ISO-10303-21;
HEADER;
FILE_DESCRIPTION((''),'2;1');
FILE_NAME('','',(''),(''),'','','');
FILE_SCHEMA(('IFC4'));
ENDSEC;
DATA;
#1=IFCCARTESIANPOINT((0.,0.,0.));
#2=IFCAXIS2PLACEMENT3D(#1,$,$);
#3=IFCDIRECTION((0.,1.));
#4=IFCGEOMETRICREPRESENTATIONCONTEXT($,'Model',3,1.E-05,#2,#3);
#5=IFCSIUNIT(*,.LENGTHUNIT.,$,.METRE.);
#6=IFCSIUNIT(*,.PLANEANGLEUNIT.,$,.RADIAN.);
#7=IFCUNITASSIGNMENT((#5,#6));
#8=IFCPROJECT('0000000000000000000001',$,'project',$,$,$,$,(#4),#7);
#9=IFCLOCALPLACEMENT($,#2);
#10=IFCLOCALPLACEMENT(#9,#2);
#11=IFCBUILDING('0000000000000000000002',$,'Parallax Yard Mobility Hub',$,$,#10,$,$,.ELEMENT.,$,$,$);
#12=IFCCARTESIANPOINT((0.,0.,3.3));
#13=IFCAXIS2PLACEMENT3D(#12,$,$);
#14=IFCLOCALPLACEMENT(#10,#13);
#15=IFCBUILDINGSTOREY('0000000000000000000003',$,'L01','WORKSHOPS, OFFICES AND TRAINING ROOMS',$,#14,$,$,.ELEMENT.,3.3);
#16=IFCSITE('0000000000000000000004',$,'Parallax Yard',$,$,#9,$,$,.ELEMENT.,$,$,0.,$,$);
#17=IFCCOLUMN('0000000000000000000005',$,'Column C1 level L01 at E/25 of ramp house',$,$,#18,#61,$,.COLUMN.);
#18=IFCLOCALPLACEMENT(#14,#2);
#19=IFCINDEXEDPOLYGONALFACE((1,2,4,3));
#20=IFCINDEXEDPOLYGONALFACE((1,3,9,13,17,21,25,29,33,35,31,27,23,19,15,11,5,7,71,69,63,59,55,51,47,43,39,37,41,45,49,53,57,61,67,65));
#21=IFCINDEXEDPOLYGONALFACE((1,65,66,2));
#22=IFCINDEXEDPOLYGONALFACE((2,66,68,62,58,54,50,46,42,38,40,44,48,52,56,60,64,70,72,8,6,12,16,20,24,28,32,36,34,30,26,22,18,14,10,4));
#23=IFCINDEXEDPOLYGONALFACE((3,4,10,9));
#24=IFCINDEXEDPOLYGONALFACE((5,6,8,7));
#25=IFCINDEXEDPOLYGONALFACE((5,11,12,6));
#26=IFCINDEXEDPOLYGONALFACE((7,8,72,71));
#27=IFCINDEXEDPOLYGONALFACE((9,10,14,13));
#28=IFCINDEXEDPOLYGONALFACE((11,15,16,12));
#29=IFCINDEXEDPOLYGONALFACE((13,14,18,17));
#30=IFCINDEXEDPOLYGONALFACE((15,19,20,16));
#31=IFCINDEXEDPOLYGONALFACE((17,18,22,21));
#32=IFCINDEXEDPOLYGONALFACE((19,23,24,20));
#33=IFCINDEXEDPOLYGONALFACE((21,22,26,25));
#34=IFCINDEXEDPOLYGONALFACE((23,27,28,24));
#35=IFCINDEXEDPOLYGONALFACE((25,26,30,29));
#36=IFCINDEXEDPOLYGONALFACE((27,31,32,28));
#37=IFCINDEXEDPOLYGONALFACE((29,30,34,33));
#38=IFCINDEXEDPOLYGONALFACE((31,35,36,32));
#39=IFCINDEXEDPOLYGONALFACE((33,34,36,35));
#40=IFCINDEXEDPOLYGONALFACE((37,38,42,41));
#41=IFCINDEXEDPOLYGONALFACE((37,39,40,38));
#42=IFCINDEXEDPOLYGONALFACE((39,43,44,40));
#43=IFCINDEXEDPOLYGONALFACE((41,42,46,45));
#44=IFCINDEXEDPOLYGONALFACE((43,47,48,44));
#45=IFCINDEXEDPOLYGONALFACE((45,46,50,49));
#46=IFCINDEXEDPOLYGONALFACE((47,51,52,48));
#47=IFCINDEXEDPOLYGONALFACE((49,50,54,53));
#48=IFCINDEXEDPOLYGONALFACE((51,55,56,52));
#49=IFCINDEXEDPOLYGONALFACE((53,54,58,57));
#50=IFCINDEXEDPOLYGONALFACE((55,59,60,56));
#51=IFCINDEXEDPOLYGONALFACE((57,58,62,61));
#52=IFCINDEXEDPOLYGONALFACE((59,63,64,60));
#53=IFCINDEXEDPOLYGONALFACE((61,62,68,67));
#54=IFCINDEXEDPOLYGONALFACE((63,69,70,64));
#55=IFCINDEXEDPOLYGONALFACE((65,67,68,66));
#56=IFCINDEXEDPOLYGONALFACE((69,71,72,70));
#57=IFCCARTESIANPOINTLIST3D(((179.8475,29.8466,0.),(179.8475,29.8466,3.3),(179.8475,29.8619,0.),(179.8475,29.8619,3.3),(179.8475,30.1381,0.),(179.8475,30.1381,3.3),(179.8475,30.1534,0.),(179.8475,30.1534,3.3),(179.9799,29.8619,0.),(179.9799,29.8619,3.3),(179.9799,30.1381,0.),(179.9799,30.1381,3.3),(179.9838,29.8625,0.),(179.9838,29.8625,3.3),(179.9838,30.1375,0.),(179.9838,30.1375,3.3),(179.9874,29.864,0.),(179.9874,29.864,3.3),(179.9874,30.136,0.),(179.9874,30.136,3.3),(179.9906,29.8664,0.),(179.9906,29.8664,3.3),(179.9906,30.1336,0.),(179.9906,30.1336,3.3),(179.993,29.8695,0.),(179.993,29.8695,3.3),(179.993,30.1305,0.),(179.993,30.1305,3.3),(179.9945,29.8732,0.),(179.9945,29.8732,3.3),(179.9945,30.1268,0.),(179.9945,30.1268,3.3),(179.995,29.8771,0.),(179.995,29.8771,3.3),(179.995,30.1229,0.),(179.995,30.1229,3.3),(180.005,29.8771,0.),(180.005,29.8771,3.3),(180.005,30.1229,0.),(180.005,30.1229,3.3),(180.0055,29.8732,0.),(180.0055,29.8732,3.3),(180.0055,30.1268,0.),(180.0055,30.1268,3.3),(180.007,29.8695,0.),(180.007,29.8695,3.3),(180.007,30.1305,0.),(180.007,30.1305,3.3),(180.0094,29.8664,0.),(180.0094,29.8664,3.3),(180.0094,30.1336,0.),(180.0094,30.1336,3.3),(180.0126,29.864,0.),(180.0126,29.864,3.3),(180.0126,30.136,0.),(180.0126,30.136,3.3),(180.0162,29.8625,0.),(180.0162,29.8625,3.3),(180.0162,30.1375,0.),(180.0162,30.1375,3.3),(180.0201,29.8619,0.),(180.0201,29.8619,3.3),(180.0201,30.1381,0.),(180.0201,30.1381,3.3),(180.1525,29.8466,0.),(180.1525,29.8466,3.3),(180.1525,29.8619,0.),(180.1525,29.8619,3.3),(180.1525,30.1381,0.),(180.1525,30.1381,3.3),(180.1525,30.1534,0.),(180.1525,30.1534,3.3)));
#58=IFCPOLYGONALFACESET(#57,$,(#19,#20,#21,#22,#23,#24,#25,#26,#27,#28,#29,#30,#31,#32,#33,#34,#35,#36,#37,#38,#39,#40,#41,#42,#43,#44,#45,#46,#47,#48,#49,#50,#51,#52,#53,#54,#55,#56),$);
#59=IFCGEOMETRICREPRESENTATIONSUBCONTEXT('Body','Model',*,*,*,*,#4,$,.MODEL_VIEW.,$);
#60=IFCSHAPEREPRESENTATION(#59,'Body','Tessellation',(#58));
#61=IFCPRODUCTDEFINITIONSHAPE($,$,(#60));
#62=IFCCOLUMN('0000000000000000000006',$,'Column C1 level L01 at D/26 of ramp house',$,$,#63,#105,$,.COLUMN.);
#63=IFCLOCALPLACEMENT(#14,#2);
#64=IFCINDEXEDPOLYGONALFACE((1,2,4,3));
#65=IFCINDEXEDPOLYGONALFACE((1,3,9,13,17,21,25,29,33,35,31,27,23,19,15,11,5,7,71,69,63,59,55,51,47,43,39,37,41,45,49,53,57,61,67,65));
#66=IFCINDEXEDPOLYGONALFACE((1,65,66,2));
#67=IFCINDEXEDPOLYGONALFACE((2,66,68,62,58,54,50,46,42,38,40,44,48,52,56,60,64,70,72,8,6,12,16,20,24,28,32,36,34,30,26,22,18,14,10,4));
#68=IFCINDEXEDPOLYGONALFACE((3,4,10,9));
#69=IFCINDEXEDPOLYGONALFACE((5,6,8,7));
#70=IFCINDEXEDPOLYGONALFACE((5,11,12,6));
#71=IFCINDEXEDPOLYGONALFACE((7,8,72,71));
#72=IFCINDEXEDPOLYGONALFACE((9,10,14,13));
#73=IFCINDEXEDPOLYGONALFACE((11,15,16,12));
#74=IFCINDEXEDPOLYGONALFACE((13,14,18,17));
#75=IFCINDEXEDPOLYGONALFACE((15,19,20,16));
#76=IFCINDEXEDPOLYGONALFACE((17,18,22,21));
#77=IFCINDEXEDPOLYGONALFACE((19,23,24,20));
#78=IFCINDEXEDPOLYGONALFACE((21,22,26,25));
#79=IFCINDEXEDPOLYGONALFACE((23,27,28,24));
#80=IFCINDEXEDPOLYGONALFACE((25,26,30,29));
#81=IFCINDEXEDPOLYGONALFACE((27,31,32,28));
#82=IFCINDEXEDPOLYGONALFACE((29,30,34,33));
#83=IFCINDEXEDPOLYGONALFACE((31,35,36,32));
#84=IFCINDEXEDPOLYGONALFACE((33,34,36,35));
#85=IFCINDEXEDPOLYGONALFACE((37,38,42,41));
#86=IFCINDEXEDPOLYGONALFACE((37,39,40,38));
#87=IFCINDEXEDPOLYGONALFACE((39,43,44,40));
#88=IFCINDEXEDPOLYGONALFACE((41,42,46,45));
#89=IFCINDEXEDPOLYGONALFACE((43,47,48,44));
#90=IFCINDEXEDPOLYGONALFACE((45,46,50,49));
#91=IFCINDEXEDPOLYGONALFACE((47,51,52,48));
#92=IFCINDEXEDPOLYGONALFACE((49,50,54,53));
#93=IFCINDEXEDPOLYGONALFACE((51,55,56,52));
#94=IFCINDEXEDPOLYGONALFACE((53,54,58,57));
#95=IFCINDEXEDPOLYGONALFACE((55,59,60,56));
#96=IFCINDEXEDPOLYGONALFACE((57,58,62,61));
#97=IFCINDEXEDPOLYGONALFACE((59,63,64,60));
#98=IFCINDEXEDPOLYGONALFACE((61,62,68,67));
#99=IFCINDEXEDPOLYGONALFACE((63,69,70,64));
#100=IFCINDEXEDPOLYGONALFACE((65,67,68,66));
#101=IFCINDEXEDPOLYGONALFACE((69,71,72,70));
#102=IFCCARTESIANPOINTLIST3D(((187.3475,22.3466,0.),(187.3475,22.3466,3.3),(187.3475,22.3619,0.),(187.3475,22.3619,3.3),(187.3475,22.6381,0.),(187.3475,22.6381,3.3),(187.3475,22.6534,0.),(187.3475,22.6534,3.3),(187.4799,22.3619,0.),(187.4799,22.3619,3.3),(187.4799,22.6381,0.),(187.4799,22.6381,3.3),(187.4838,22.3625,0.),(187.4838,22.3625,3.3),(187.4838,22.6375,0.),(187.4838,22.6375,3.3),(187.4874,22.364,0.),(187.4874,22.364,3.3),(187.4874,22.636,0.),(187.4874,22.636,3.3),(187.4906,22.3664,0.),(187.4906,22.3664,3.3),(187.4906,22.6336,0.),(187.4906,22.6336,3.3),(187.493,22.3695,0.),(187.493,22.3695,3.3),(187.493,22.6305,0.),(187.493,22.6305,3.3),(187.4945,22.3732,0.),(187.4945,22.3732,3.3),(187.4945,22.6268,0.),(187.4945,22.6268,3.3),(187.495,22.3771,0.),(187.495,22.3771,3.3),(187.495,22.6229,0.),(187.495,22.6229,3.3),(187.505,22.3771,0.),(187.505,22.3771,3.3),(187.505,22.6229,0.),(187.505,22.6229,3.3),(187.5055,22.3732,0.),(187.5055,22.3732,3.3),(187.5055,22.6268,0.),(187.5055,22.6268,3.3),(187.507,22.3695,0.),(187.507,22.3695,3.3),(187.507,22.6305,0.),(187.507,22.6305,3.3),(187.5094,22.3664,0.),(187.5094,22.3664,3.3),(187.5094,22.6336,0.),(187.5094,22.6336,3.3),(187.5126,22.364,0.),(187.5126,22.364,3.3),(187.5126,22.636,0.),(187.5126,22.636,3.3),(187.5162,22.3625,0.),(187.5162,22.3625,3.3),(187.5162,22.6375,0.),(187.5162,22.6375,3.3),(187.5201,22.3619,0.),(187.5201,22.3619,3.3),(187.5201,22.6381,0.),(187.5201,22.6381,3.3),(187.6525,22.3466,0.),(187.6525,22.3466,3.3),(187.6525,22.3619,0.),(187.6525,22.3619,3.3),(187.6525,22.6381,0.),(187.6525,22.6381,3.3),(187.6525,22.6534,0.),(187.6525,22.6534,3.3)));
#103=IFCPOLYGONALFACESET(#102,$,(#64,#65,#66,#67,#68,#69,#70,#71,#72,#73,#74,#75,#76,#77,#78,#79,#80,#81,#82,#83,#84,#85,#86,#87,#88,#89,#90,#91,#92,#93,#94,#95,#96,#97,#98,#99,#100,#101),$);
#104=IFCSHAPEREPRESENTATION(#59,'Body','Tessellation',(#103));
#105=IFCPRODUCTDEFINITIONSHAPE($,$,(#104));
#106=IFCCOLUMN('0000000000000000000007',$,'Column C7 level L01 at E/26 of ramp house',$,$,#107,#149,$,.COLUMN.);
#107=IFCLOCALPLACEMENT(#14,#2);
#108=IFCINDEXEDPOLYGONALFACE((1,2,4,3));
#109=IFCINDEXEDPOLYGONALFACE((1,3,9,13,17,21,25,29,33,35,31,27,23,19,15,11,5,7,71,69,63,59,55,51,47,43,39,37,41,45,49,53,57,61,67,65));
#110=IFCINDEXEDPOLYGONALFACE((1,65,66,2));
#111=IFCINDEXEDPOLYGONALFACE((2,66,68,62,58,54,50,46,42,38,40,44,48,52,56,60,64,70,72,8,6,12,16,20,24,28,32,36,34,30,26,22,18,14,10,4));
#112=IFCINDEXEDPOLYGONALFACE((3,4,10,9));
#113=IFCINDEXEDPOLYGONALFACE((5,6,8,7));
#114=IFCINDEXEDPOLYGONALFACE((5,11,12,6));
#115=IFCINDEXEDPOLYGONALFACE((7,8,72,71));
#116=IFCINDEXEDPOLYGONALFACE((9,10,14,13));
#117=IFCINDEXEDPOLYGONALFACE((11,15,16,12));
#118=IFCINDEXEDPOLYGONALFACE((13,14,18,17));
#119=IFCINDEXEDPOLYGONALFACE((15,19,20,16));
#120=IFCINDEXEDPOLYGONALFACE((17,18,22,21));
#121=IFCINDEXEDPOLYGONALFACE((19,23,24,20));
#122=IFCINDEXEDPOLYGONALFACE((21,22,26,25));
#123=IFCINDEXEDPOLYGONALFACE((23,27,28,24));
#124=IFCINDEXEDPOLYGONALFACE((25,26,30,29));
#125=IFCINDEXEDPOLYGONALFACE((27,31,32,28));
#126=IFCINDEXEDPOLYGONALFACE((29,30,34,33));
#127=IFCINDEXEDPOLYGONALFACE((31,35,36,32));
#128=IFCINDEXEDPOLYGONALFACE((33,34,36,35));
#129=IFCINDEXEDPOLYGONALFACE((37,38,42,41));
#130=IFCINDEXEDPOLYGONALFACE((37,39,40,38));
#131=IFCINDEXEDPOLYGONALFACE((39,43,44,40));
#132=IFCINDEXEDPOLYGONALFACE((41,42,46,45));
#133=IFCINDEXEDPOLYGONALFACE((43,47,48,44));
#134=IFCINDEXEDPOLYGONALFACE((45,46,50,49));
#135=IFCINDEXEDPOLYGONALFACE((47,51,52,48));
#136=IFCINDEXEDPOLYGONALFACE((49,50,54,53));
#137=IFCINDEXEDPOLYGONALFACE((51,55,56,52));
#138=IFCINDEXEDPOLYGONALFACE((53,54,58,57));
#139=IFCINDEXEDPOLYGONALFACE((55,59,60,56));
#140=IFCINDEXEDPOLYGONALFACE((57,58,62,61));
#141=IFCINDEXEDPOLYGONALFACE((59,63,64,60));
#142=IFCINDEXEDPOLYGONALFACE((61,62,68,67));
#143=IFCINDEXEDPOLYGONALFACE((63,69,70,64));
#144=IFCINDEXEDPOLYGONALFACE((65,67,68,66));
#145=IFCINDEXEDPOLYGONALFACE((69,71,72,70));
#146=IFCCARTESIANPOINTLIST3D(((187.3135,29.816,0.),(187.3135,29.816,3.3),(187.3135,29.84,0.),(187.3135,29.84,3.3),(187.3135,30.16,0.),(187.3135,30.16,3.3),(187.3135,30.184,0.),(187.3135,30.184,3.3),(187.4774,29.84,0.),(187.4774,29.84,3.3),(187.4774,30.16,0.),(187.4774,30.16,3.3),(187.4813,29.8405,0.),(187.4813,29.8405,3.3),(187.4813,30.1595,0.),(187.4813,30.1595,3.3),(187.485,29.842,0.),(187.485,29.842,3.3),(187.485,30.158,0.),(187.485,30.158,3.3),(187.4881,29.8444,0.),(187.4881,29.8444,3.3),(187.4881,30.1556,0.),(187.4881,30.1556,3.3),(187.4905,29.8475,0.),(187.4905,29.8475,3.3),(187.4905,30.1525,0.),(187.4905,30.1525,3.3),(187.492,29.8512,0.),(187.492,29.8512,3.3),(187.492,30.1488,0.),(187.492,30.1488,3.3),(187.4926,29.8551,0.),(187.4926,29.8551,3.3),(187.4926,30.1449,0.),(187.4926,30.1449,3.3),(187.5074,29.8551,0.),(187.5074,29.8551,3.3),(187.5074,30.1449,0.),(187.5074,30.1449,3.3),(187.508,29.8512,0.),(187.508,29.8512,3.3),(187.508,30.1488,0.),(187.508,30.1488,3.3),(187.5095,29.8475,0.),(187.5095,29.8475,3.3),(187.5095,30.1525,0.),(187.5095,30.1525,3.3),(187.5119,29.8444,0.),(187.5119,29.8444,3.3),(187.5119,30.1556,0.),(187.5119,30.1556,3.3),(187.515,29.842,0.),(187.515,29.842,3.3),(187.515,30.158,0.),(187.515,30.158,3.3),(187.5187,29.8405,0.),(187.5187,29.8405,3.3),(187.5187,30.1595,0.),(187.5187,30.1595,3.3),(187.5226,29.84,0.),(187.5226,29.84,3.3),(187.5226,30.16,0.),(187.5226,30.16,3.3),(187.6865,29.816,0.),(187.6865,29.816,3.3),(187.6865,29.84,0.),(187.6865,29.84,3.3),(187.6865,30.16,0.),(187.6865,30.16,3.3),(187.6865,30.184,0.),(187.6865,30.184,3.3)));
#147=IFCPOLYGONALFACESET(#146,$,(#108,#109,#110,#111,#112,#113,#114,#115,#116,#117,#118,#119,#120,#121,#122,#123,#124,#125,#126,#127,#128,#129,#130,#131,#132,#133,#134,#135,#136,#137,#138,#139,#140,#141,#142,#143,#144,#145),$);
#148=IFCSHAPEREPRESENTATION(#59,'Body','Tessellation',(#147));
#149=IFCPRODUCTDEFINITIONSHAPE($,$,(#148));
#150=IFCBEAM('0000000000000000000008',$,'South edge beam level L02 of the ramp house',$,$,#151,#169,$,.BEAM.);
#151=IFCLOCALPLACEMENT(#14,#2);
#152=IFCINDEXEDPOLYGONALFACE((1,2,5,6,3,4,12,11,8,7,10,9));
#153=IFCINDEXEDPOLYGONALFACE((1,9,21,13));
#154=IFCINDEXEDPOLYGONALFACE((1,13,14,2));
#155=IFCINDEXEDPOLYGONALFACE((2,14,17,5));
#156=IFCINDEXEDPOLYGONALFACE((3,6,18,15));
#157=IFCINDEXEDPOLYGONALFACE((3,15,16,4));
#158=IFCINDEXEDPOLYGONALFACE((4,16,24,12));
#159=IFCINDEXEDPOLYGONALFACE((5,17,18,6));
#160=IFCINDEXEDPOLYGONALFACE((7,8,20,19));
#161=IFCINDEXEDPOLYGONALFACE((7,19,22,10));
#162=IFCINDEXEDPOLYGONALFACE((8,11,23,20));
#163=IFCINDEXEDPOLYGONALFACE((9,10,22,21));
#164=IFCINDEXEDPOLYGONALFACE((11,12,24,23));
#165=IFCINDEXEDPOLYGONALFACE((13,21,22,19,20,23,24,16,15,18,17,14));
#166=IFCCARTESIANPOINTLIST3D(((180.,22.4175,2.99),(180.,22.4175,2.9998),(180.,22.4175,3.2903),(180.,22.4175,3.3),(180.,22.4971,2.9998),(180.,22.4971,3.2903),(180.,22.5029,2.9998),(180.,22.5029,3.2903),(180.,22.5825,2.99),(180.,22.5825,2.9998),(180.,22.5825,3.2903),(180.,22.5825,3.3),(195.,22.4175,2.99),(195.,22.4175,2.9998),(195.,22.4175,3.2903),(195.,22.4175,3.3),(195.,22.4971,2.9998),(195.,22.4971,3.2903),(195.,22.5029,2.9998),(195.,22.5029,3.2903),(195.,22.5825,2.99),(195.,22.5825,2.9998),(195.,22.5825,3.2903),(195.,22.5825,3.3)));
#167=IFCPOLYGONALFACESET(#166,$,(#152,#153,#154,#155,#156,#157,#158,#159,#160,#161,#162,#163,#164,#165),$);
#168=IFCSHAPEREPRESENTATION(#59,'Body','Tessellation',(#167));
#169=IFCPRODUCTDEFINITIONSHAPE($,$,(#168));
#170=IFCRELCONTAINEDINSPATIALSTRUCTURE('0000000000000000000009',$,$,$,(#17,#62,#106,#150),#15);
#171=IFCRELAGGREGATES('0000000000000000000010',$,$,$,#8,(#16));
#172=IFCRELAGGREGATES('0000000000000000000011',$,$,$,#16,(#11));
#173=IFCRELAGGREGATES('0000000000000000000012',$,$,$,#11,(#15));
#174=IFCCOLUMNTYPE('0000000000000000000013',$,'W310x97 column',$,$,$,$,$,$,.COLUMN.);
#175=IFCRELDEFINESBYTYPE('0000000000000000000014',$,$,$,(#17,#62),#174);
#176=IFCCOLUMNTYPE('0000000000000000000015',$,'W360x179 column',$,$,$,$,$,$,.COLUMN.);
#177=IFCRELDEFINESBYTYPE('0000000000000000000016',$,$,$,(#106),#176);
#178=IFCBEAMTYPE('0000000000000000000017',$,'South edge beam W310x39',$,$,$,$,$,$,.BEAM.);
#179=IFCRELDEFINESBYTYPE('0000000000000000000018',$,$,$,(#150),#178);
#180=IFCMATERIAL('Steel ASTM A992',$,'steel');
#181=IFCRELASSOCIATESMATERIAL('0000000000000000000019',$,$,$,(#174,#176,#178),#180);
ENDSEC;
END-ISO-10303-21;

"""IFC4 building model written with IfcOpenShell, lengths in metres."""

from ifc_helpers import new_model, si_unit, direction, frame, origin, origin_2d, place, context, subcontext, project, spatial, i_section, extrude, material, material_profile, profile_set, type_object, element, save


model = new_model("IFC4")

# Units and contexts
model_context = context("Model", 3, precision=1e-05, world=origin(), true_north=direction((0.0, 1.0)))
body_context = subcontext(model_context, "Body", "Model", "MODEL_VIEW")
ifc_project = project(units=[si_unit("LENGTHUNIT", "METRE"), si_unit("PLANEANGLEUNIT", "RADIAN")], contexts=[model_context])

# Site, building, storey
site_placement = place(None, origin())
site = spatial("IfcSite", under=ifc_project, at=site_placement, Name="Parallax Yard", CompositionType="ELEMENT", RefElevation=0.0)
building_placement = place(site_placement, origin())
building = spatial("IfcBuilding", under=site, at=building_placement, Name="Parallax Yard Mobility Hub", CompositionType="ELEMENT")
storey_placement = place(building_placement, frame((0.0, 0.0, 3.3)))
storey = spatial("IfcBuildingStorey", under=building, at=storey_placement, Name="L01", Description="WORKSHOPS, OFFICES AND TRAINING ROOMS", CompositionType="ELEMENT", Elevation=3.3)

# Columns
ifc_material_1 = material(Name="Steel ASTM A992", Category="steel")
ifc_material_profile_1 = material_profile(ifc_material_1, i_section(OverallWidth=0.3049, OverallDepth=0.3069, WebThickness=0.01, FlangeThickness=0.0154, FilletRadius=0.0151, at=origin_2d()), Name="W310x97")
ifc_profile_set_1 = profile_set([ifc_material_profile_1], Name="Steel ASTM A992")
column_type_1 = type_object("IfcColumnType", Name="W310x97 column", PredefinedType="COLUMN", material=ifc_profile_set_1)
for number, where, z_axis, x_axis, name in (
    (1, (180.0, 30.0, 0.0), (0.0, 0.0, 1.0), (1.0, 0.0, 0.0), "Column C1 level L01 at E/25 of ramp house"),
    (2, (187.5, 22.5, 0.0), (0.0, 0.0, 1.0), (1.0, 0.0, 0.0), "Column C1 level L01 at D/26 of ramp house"),
):
    element("IfcColumn", number, at=place(storey_placement, frame(where, z_axis=z_axis, x_axis=x_axis)), inside=storey, type_object=column_type_1, Name=name, PredefinedType="COLUMN", context=body_context, shape_type="SweptSolid", body=[
        extrude(i_section(OverallWidth=0.3049, OverallDepth=0.3069, WebThickness=0.01, FlangeThickness=0.0154, FilletRadius=0.0151, at=origin_2d()), origin(), (0.0, 0.0, 1.0), 3.3),
    ])
ifc_material_profile_2 = material_profile(ifc_material_1, i_section(OverallWidth=0.373, OverallDepth=0.3679, WebThickness=0.0149, FlangeThickness=0.0239, FilletRadius=0.0151, at=origin_2d()), Name="W360x179")
ifc_profile_set_2 = profile_set([ifc_material_profile_2], Name="Steel ASTM A992")
column_type_2 = type_object("IfcColumnType", Name="W360x179 column", PredefinedType="COLUMN", material=ifc_profile_set_2)
column_placement = place(storey_placement, frame((187.5, 30.0, 0.0), z_axis=(0.0, 0.0, 1.0), x_axis=(1.0, 0.0, 0.0)))
element("IfcColumn", 3, at=column_placement, inside=storey, type_object=column_type_2, Name="Column C7 level L01 at E/26 of ramp house", PredefinedType="COLUMN", context=body_context, shape_type="SweptSolid", body=[
    extrude(i_section(OverallWidth=0.373, OverallDepth=0.3679, WebThickness=0.0149, FlangeThickness=0.0239, FilletRadius=0.0151, at=origin_2d()), origin(), (0.0, 0.0, 1.0), 3.3),
])

# Beam
ifc_material_profile_3 = material_profile(ifc_material_1, i_section(OverallWidth=0.165, OverallDepth=0.3101, WebThickness=0.0059, FlangeThickness=0.0098, at=origin_2d()), Name="W310x39")
ifc_profile_set_3 = profile_set([ifc_material_profile_3], Name="Steel ASTM A992")
beam_type_1 = type_object("IfcBeamType", Name="South edge beam W310x39", PredefinedType="BEAM", material=ifc_profile_set_3)
beam_1_placement = place(storey_placement, frame((180.0, 22.5, 3.145), z_axis=(1.0, 0.0, 0.0), x_axis=(0.0, 1.0, 0.0)))
element("IfcBeam", 4, at=beam_1_placement, inside=storey, type_object=beam_type_1, Name="South edge beam level L02 of the ramp house", PredefinedType="BEAM", context=body_context, shape_type="SweptSolid", body=[
    extrude(i_section(OverallWidth=0.165, OverallDepth=0.3101, WebThickness=0.0059, FlangeThickness=0.0098, at=origin_2d()), origin(), (0.0, 0.0, 1.0), 15.0),
])

save(model, "model.ifc")
